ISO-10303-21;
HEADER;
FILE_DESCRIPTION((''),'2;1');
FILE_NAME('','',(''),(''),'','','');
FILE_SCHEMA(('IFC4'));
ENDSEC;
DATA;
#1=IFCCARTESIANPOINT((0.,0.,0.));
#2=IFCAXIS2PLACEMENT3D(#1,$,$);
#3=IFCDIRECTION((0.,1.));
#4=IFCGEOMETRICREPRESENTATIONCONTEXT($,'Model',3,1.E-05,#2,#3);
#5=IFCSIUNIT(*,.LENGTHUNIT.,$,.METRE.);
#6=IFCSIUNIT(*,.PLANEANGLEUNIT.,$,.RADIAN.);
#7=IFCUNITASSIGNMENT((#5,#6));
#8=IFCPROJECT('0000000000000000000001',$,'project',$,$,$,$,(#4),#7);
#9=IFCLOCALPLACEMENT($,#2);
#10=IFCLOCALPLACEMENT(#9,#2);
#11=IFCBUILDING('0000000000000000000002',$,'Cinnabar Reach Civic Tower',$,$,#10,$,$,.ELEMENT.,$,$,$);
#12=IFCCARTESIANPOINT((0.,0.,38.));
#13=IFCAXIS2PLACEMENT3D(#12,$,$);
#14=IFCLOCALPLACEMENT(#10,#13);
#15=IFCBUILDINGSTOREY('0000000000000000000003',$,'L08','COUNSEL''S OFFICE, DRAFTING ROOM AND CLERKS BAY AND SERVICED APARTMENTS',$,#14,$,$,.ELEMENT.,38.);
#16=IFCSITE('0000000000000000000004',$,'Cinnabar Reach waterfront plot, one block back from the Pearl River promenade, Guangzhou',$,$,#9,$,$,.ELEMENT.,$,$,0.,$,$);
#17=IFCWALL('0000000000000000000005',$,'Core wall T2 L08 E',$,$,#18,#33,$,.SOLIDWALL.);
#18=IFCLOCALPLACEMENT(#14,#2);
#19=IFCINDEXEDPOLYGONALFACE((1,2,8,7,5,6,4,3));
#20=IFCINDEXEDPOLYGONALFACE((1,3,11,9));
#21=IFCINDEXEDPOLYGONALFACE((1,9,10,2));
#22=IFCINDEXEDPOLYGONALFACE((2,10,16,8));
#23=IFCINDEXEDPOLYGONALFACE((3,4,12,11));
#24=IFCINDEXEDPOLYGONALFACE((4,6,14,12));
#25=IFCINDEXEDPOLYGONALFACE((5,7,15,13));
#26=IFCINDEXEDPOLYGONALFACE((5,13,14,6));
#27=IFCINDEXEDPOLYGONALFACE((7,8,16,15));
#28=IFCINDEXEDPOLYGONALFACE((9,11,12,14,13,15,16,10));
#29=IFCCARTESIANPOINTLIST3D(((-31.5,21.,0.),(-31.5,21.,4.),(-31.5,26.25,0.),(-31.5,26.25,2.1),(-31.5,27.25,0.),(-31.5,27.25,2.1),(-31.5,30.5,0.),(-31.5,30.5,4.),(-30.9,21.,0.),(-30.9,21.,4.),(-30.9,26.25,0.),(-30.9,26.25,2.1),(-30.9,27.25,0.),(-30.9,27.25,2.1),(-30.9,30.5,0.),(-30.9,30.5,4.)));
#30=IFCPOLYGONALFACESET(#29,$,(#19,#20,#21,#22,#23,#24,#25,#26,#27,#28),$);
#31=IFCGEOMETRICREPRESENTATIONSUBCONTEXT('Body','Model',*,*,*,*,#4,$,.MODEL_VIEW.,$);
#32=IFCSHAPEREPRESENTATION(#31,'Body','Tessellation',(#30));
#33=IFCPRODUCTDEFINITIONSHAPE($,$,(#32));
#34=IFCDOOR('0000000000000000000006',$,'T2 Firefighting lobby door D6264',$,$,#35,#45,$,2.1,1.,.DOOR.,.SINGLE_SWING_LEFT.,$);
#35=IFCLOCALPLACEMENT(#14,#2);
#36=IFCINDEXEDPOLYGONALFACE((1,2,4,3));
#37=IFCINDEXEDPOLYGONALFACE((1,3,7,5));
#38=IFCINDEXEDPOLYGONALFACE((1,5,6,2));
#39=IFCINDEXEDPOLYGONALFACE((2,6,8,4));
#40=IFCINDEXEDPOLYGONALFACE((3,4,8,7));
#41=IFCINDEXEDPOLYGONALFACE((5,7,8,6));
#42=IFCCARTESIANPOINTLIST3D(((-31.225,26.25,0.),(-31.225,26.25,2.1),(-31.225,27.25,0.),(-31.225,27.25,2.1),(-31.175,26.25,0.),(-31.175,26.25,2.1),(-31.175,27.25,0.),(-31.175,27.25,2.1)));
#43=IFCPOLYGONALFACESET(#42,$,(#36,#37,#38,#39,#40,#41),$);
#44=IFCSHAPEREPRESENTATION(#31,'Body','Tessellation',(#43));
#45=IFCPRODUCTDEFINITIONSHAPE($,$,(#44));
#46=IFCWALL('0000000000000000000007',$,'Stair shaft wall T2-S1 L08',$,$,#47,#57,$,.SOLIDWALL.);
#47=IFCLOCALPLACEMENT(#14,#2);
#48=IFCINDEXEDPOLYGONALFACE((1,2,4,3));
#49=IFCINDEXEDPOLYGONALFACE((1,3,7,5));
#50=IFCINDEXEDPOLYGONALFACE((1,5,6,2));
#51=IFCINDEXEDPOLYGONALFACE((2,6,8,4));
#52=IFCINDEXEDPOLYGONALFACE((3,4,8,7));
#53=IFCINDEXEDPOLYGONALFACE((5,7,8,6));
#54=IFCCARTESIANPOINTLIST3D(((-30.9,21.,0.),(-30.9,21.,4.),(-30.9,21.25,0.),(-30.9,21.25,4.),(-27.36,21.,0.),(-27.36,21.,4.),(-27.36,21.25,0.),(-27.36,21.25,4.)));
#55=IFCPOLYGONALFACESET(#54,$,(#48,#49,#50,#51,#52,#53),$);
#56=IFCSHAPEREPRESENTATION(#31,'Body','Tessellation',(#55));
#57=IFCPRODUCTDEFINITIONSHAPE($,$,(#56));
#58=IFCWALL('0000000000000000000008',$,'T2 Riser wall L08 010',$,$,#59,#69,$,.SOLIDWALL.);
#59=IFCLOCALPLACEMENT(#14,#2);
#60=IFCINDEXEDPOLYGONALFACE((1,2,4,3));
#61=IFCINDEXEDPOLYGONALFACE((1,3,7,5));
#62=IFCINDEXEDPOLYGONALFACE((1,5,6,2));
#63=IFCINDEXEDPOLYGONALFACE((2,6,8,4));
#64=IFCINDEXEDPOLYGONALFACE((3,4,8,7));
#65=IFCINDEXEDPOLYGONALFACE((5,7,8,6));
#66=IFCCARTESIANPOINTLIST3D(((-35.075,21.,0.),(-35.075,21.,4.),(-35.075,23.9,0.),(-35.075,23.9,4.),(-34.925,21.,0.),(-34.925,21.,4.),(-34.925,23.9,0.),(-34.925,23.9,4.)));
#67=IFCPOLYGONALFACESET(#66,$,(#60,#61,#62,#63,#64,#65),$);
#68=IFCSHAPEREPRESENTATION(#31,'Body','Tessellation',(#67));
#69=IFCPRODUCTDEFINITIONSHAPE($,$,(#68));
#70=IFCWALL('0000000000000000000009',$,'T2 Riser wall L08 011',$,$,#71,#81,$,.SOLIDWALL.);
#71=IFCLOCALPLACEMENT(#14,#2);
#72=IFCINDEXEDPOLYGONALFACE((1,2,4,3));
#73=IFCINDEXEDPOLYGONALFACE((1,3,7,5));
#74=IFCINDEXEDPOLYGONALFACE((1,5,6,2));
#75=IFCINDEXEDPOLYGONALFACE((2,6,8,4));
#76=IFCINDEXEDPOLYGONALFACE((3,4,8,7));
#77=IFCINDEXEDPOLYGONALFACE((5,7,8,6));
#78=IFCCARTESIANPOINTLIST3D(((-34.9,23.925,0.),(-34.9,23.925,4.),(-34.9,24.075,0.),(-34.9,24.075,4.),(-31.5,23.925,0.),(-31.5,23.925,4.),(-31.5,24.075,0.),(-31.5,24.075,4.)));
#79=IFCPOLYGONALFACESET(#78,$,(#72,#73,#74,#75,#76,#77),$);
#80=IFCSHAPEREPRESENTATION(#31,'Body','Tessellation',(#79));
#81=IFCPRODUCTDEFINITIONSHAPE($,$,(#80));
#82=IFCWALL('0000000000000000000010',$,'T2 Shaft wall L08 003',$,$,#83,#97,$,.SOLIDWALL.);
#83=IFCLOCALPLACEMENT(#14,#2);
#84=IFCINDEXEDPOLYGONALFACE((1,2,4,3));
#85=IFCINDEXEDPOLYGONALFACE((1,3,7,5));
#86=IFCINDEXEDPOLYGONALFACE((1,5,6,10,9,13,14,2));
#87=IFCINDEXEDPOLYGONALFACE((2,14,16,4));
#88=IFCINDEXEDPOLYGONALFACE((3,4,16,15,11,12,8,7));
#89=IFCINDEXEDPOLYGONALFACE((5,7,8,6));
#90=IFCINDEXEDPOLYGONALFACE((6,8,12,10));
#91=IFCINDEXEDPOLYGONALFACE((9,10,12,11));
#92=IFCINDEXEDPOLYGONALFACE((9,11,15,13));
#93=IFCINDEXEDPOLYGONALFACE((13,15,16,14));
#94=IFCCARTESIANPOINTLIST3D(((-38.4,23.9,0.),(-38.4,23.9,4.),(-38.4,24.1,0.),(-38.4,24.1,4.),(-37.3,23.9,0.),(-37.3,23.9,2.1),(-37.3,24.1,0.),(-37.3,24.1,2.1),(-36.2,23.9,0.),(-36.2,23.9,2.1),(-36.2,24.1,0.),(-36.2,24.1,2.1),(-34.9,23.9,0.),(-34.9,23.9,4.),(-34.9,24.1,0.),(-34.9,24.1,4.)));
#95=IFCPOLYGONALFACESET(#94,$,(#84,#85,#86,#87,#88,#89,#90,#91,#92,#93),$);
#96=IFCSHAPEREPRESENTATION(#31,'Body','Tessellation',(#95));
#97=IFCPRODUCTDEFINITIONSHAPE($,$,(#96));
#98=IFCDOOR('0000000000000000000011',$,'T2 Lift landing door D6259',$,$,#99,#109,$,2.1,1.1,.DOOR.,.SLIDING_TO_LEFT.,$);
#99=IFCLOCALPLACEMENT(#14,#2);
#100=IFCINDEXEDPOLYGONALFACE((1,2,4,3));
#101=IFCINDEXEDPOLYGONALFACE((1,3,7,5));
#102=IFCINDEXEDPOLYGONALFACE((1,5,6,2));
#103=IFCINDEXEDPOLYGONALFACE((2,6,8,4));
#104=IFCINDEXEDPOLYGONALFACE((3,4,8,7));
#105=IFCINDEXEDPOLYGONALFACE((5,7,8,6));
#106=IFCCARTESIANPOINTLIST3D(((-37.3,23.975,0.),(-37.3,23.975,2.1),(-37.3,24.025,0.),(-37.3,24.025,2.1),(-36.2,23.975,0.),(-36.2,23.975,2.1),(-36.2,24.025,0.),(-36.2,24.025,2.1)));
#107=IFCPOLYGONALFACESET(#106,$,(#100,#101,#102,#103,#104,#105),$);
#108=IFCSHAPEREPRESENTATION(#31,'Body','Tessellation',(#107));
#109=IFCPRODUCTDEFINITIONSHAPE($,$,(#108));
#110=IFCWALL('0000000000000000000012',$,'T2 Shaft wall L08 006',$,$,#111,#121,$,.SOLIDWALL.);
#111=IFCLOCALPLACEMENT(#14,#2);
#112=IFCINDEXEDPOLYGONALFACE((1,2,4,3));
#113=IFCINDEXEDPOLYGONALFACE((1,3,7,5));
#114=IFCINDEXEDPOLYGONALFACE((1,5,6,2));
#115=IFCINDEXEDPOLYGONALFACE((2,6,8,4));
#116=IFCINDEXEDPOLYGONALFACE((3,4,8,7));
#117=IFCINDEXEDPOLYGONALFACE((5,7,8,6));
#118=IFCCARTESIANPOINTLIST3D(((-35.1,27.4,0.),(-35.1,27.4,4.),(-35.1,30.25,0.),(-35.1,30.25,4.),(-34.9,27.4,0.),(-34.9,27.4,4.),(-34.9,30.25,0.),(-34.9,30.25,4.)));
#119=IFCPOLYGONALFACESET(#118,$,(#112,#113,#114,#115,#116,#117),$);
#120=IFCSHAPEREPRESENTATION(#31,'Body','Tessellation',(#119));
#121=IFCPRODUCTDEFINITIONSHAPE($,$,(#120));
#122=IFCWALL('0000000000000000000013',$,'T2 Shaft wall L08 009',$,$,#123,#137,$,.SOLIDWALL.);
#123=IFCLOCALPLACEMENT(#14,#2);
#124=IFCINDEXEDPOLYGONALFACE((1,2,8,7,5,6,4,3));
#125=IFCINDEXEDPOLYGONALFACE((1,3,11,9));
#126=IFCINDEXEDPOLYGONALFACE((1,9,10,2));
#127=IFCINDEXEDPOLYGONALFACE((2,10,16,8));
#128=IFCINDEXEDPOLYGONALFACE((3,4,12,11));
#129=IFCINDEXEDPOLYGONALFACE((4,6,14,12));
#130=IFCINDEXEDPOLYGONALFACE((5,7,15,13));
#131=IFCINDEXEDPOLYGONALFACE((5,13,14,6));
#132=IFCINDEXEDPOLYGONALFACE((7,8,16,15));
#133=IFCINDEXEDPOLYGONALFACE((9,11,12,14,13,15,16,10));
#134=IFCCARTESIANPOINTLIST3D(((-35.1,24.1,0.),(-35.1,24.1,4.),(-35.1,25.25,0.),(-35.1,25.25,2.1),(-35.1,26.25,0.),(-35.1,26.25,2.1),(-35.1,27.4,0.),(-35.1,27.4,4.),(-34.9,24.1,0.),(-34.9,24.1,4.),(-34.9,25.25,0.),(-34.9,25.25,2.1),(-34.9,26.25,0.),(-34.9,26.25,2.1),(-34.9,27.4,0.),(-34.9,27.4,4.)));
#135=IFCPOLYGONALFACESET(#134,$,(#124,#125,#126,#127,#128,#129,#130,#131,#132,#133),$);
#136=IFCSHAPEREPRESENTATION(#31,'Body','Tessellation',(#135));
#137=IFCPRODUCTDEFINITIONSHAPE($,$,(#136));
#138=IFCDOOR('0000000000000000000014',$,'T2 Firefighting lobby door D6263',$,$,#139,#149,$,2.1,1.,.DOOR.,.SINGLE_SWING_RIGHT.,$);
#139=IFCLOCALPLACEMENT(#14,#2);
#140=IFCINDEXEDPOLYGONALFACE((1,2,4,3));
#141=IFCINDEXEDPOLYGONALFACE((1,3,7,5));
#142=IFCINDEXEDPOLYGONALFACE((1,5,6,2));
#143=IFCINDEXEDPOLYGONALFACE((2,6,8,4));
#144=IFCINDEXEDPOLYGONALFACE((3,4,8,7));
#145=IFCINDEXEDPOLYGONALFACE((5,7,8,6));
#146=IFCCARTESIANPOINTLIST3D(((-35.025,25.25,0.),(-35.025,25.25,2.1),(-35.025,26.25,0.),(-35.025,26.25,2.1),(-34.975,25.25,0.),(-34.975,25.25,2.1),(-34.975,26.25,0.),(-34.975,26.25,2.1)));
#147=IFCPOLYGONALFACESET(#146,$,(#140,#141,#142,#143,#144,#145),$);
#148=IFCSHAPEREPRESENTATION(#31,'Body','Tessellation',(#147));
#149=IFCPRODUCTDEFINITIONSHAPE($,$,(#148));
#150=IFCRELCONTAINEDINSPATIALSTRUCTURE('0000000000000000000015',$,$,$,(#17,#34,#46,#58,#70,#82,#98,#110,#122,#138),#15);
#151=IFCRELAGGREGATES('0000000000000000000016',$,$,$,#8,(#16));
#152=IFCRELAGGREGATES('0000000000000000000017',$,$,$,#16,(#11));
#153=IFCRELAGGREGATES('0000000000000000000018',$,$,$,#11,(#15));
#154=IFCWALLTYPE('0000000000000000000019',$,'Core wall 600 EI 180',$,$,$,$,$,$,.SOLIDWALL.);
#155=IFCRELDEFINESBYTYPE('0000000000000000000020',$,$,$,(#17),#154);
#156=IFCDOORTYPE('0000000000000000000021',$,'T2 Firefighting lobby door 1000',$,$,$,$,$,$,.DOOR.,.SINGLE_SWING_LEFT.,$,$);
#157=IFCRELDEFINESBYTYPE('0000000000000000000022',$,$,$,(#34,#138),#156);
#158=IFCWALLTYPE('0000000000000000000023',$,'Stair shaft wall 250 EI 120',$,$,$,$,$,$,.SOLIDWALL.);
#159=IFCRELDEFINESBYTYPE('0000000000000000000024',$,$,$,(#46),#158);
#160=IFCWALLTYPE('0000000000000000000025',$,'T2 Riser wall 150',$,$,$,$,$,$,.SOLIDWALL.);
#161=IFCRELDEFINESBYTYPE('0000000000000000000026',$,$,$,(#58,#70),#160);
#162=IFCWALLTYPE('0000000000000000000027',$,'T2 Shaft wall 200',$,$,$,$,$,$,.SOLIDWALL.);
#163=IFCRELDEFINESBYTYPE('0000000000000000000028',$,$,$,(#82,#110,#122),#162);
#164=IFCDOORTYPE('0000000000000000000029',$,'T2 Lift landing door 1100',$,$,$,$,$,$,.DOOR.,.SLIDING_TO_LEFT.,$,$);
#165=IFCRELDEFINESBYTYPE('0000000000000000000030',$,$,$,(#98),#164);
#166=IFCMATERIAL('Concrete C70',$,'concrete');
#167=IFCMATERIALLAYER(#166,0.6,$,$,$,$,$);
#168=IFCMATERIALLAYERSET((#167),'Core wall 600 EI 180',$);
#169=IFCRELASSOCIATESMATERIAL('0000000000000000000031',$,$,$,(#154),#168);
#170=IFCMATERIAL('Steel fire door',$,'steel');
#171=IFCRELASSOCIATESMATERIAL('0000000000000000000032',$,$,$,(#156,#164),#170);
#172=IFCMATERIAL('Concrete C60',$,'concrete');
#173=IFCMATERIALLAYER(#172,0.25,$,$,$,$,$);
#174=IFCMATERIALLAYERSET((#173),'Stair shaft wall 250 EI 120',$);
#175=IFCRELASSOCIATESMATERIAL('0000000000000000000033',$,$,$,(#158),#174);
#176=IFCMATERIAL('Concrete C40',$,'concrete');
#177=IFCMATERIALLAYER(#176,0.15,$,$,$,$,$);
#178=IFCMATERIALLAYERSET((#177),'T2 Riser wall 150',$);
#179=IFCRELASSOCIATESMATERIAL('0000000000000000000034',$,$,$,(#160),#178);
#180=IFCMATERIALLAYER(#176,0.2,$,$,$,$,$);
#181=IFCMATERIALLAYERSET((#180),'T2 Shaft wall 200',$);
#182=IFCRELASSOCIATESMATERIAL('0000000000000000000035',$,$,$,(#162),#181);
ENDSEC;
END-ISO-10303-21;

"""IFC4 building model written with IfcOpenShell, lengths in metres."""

from ifc_helpers import new_model, si_unit, direction, frame, frame_2d, origin, place, context, subcontext, project, spatial, rectangle, extrude, material, layer, layer_set, type_object, element, fill, save


model = new_model("IFC4")

# Units and contexts
model_context = context("Model", 3, precision=1e-05, world=origin(), true_north=direction((0.0, 1.0)))
body_context = subcontext(model_context, "Body", "Model", "MODEL_VIEW")
ifc_project = project(units=[si_unit("LENGTHUNIT", "METRE"), si_unit("PLANEANGLEUNIT", "RADIAN")], contexts=[model_context])

# Site, building, storey
site_placement = place(None, origin())
site = spatial("IfcSite", under=ifc_project, at=site_placement, Name="Cinnabar Reach waterfront plot, one block back from the Pearl River promenade, Guangzhou", CompositionType="ELEMENT", RefElevation=0.0)
building_placement = place(site_placement, origin())
building = spatial("IfcBuilding", under=site, at=building_placement, Name="Cinnabar Reach Civic Tower", CompositionType="ELEMENT")
storey_placement = place(building_placement, frame((0.0, 0.0, 38.0)))
storey = spatial("IfcBuildingStorey", under=building, at=storey_placement, Name="L08", Description="COUNSEL'S OFFICE, DRAFTING ROOM AND CLERKS BAY AND SERVICED APARTMENTS", CompositionType="ELEMENT", Elevation=38.0)

# Wall, opening, door
ifc_material_1 = material(Name="Concrete C70", Category="concrete")
ifc_layer_1 = layer(ifc_material_1, 0.6)
ifc_layer_set_1 = layer_set([ifc_layer_1], Name="Core wall 600 EI 180")
wall_type_1 = type_object("IfcWallType", Name="Core wall 600 EI 180", PredefinedType="SOLIDWALL", material=ifc_layer_set_1)
wall_1_placement = place(storey_placement, frame((-31.2, 21.0, 0.0), z_axis=(0.0, 0.0, 1.0), x_axis=(0.0, 1.0, 0.0)))
wall_1 = element("IfcWall", 1, at=wall_1_placement, inside=storey, type_object=wall_type_1, Name="Core wall T2 L08 E", PredefinedType="SOLIDWALL", context=body_context, shape_type="SweptSolid", body=[
    extrude(rectangle(XDim=9.5, YDim=0.6, at=frame_2d((4.75, 0.0))), origin(), (0.0, 0.0, 1.0), 4.0),
])
opening_1_placement = place(wall_1_placement, frame((5.25, 0.0, 0.0)))
opening_1 = element("IfcOpeningElement", 2, at=opening_1_placement, cuts=wall_1, PredefinedType="OPENING", context=body_context, shape_type="SweptSolid", body=[
    extrude(rectangle(XDim=1.0, YDim=2.1, at=frame_2d((0.5, 1.05))), frame((0.0, 0.31, 0.0), z_axis=(0.0, -1.0, 0.0), x_axis=(1.0, 0.0, 0.0)), (0.0, 0.0, 1.0), 0.62),
])
ifc_material_2 = material(Name="Steel fire door", Category="steel")
door_type_1 = type_object("IfcDoorType", Name="T2 Firefighting lobby door 1000", OperationType="SINGLE_SWING_LEFT", PredefinedType="DOOR", material=ifc_material_2)
door_1_placement = place(opening_1_placement, frame((1.0, 0.0, 0.0), z_axis=(0.0, 0.0, 1.0), x_axis=(-1.0, 0.0, 0.0)))
door_1 = element("IfcDoor", 3, at=door_1_placement, inside=storey, type_object=door_type_1, Name="T2 Firefighting lobby door D6264", OperationType="SINGLE_SWING_LEFT", OverallHeight=2.1, OverallWidth=1.0, PredefinedType="DOOR", context=body_context, shape_type="SweptSolid", body=[
    extrude(rectangle(XDim=1.0, YDim=2.1, at=frame_2d((0.5, 1.05))), frame((0.0, 0.025, 0.0), z_axis=(0.0, -1.0, 0.0), x_axis=(1.0, 0.0, 0.0)), (0.0, 0.0, 1.0), 0.05),
])
fill(opening_1, door_1)

# Walls
ifc_material_3 = material(Name="Concrete C60", Category="concrete")
ifc_layer_2 = layer(ifc_material_3, 0.25)
ifc_layer_set_2 = layer_set([ifc_layer_2], Name="Stair shaft wall 250 EI 120")
wall_type_2 = type_object("IfcWallType", Name="Stair shaft wall 250 EI 120", PredefinedType="SOLIDWALL", material=ifc_layer_set_2)
wall_2_placement = place(storey_placement, frame((-30.9, 21.125, 0.0), z_axis=(0.0, 0.0, 1.0), x_axis=(1.0, 0.0, 0.0)))
element("IfcWall", 4, at=wall_2_placement, inside=storey, type_object=wall_type_2, Name="Stair shaft wall T2-S1 L08", PredefinedType="SOLIDWALL", context=body_context, shape_type="SweptSolid", body=[
    extrude(rectangle(XDim=3.54, YDim=0.25, at=frame_2d((1.77, 0.0))), origin(), (0.0, 0.0, 1.0), 4.0),
])
ifc_material_4 = material(Name="Concrete C40", Category="concrete")
ifc_layer_3 = layer(ifc_material_4, 0.15)
ifc_layer_set_3 = layer_set([ifc_layer_3], Name="T2 Riser wall 150")
wall_type_3 = type_object("IfcWallType", Name="T2 Riser wall 150", PredefinedType="SOLIDWALL", material=ifc_layer_set_3)
wall_3_placement = place(storey_placement, frame((-35.0, 21.0, 0.0), z_axis=(0.0, 0.0, 1.0), x_axis=(0.0, 1.0, 0.0)))
element("IfcWall", 5, at=wall_3_placement, inside=storey, type_object=wall_type_3, Name="T2 Riser wall L08 010", PredefinedType="SOLIDWALL", context=body_context, shape_type="SweptSolid", body=[
    extrude(rectangle(XDim=2.9, YDim=0.15, at=frame_2d((1.45, 0.0))), origin(), (0.0, 0.0, 1.0), 4.0),
])
wall_4_placement = place(storey_placement, frame((-31.5, 24.0, 0.0), z_axis=(0.0, 0.0, 1.0), x_axis=(-1.0, 0.0, 0.0)))
element("IfcWall", 6, at=wall_4_placement, inside=storey, type_object=wall_type_3, Name="T2 Riser wall L08 011", PredefinedType="SOLIDWALL", context=body_context, shape_type="SweptSolid", body=[
    extrude(rectangle(XDim=3.4, YDim=0.15, at=frame_2d((1.7, 0.0))), origin(), (0.0, 0.0, 1.0), 4.0),
])

# Wall, opening, door
ifc_layer_4 = layer(ifc_material_4, 0.2)
ifc_layer_set_4 = layer_set([ifc_layer_4], Name="T2 Shaft wall 200")
wall_type_4 = type_object("IfcWallType", Name="T2 Shaft wall 200", PredefinedType="SOLIDWALL", material=ifc_layer_set_4)
wall_5_placement = place(storey_placement, frame((-34.9, 24.0, 0.0), z_axis=(0.0, 0.0, 1.0), x_axis=(-1.0, 0.0, 0.0)))
wall_5 = element("IfcWall", 7, at=wall_5_placement, inside=storey, type_object=wall_type_4, Name="T2 Shaft wall L08 003", PredefinedType="SOLIDWALL", context=body_context, shape_type="SweptSolid", body=[
    extrude(rectangle(XDim=3.5, YDim=0.2, at=frame_2d((1.75, 0.0))), origin(), (0.0, 0.0, 1.0), 4.0),
])
opening_2_placement = place(wall_5_placement, frame((1.3, 0.0, 0.0)))
opening_2 = element("IfcOpeningElement", 8, at=opening_2_placement, cuts=wall_5, PredefinedType="OPENING", context=body_context, shape_type="SweptSolid", body=[
    extrude(rectangle(XDim=1.1, YDim=2.1, at=frame_2d((0.55, 1.05))), frame((0.0, 0.11, 0.0), z_axis=(0.0, -1.0, 0.0), x_axis=(1.0, 0.0, 0.0)), (0.0, 0.0, 1.0), 0.22),
])
door_type_2 = type_object("IfcDoorType", Name="T2 Lift landing door 1100", OperationType="SLIDING_TO_LEFT", PredefinedType="DOOR", material=ifc_material_2)
door_2_placement = place(opening_2_placement, origin())
door_2 = element("IfcDoor", 9, at=door_2_placement, inside=storey, type_object=door_type_2, Name="T2 Lift landing door D6259", OperationType="SLIDING_TO_LEFT", OverallHeight=2.1, OverallWidth=1.1, PredefinedType="DOOR", context=body_context, shape_type="SweptSolid", body=[
    extrude(rectangle(XDim=1.1, YDim=2.1, at=frame_2d((0.55, 1.05))), frame((0.0, 0.025, 0.0), z_axis=(0.0, -1.0, 0.0), x_axis=(1.0, 0.0, 0.0)), (0.0, 0.0, 1.0), 0.05),
])
fill(opening_2, door_2)

# Wall
wall_6_placement = place(storey_placement, frame((-35.0, 27.4, 0.0), z_axis=(0.0, 0.0, 1.0), x_axis=(0.0, 1.0, 0.0)))
element("IfcWall", 10, at=wall_6_placement, inside=storey, type_object=wall_type_4, Name="T2 Shaft wall L08 006", PredefinedType="SOLIDWALL", context=body_context, shape_type="SweptSolid", body=[
    extrude(rectangle(XDim=2.85, YDim=0.2, at=frame_2d((1.425, 0.0))), origin(), (0.0, 0.0, 1.0), 4.0),
])

# Wall, opening, door
wall_7_placement = place(storey_placement, frame((-35.0, 24.1, 0.0), z_axis=(0.0, 0.0, 1.0), x_axis=(0.0, 1.0, 0.0)))
wall_7 = element("IfcWall", 11, at=wall_7_placement, inside=storey, type_object=wall_type_4, Name="T2 Shaft wall L08 009", PredefinedType="SOLIDWALL", context=body_context, shape_type="SweptSolid", body=[
    extrude(rectangle(XDim=3.3, YDim=0.2, at=frame_2d((1.65, 0.0))), origin(), (0.0, 0.0, 1.0), 4.0),
])
opening_3_placement = place(wall_7_placement, frame((1.15, 0.0, 0.0)))
opening_3 = element("IfcOpeningElement", 12, at=opening_3_placement, cuts=wall_7, PredefinedType="OPENING", context=body_context, shape_type="SweptSolid", body=[
    extrude(rectangle(XDim=1.0, YDim=2.1, at=frame_2d((0.5, 1.05))), frame((0.0, 0.11, 0.0), z_axis=(0.0, -1.0, 0.0), x_axis=(1.0, 0.0, 0.0)), (0.0, 0.0, 1.0), 0.22),
])
door_3_placement = place(opening_3_placement, origin())
door_3 = element("IfcDoor", 13, at=door_3_placement, inside=storey, type_object=door_type_1, Name="T2 Firefighting lobby door D6263", OperationType="SINGLE_SWING_RIGHT", OverallHeight=2.1, OverallWidth=1.0, PredefinedType="DOOR", context=body_context, shape_type="SweptSolid", body=[
    extrude(rectangle(XDim=1.0, YDim=2.1, at=frame_2d((0.5, 1.05))), frame((0.0, 0.025, 0.0), z_axis=(0.0, -1.0, 0.0), x_axis=(1.0, 0.0, 0.0)), (0.0, 0.0, 1.0), 0.05),
])
fill(opening_3, door_3)

save(model, "model.ifc")
